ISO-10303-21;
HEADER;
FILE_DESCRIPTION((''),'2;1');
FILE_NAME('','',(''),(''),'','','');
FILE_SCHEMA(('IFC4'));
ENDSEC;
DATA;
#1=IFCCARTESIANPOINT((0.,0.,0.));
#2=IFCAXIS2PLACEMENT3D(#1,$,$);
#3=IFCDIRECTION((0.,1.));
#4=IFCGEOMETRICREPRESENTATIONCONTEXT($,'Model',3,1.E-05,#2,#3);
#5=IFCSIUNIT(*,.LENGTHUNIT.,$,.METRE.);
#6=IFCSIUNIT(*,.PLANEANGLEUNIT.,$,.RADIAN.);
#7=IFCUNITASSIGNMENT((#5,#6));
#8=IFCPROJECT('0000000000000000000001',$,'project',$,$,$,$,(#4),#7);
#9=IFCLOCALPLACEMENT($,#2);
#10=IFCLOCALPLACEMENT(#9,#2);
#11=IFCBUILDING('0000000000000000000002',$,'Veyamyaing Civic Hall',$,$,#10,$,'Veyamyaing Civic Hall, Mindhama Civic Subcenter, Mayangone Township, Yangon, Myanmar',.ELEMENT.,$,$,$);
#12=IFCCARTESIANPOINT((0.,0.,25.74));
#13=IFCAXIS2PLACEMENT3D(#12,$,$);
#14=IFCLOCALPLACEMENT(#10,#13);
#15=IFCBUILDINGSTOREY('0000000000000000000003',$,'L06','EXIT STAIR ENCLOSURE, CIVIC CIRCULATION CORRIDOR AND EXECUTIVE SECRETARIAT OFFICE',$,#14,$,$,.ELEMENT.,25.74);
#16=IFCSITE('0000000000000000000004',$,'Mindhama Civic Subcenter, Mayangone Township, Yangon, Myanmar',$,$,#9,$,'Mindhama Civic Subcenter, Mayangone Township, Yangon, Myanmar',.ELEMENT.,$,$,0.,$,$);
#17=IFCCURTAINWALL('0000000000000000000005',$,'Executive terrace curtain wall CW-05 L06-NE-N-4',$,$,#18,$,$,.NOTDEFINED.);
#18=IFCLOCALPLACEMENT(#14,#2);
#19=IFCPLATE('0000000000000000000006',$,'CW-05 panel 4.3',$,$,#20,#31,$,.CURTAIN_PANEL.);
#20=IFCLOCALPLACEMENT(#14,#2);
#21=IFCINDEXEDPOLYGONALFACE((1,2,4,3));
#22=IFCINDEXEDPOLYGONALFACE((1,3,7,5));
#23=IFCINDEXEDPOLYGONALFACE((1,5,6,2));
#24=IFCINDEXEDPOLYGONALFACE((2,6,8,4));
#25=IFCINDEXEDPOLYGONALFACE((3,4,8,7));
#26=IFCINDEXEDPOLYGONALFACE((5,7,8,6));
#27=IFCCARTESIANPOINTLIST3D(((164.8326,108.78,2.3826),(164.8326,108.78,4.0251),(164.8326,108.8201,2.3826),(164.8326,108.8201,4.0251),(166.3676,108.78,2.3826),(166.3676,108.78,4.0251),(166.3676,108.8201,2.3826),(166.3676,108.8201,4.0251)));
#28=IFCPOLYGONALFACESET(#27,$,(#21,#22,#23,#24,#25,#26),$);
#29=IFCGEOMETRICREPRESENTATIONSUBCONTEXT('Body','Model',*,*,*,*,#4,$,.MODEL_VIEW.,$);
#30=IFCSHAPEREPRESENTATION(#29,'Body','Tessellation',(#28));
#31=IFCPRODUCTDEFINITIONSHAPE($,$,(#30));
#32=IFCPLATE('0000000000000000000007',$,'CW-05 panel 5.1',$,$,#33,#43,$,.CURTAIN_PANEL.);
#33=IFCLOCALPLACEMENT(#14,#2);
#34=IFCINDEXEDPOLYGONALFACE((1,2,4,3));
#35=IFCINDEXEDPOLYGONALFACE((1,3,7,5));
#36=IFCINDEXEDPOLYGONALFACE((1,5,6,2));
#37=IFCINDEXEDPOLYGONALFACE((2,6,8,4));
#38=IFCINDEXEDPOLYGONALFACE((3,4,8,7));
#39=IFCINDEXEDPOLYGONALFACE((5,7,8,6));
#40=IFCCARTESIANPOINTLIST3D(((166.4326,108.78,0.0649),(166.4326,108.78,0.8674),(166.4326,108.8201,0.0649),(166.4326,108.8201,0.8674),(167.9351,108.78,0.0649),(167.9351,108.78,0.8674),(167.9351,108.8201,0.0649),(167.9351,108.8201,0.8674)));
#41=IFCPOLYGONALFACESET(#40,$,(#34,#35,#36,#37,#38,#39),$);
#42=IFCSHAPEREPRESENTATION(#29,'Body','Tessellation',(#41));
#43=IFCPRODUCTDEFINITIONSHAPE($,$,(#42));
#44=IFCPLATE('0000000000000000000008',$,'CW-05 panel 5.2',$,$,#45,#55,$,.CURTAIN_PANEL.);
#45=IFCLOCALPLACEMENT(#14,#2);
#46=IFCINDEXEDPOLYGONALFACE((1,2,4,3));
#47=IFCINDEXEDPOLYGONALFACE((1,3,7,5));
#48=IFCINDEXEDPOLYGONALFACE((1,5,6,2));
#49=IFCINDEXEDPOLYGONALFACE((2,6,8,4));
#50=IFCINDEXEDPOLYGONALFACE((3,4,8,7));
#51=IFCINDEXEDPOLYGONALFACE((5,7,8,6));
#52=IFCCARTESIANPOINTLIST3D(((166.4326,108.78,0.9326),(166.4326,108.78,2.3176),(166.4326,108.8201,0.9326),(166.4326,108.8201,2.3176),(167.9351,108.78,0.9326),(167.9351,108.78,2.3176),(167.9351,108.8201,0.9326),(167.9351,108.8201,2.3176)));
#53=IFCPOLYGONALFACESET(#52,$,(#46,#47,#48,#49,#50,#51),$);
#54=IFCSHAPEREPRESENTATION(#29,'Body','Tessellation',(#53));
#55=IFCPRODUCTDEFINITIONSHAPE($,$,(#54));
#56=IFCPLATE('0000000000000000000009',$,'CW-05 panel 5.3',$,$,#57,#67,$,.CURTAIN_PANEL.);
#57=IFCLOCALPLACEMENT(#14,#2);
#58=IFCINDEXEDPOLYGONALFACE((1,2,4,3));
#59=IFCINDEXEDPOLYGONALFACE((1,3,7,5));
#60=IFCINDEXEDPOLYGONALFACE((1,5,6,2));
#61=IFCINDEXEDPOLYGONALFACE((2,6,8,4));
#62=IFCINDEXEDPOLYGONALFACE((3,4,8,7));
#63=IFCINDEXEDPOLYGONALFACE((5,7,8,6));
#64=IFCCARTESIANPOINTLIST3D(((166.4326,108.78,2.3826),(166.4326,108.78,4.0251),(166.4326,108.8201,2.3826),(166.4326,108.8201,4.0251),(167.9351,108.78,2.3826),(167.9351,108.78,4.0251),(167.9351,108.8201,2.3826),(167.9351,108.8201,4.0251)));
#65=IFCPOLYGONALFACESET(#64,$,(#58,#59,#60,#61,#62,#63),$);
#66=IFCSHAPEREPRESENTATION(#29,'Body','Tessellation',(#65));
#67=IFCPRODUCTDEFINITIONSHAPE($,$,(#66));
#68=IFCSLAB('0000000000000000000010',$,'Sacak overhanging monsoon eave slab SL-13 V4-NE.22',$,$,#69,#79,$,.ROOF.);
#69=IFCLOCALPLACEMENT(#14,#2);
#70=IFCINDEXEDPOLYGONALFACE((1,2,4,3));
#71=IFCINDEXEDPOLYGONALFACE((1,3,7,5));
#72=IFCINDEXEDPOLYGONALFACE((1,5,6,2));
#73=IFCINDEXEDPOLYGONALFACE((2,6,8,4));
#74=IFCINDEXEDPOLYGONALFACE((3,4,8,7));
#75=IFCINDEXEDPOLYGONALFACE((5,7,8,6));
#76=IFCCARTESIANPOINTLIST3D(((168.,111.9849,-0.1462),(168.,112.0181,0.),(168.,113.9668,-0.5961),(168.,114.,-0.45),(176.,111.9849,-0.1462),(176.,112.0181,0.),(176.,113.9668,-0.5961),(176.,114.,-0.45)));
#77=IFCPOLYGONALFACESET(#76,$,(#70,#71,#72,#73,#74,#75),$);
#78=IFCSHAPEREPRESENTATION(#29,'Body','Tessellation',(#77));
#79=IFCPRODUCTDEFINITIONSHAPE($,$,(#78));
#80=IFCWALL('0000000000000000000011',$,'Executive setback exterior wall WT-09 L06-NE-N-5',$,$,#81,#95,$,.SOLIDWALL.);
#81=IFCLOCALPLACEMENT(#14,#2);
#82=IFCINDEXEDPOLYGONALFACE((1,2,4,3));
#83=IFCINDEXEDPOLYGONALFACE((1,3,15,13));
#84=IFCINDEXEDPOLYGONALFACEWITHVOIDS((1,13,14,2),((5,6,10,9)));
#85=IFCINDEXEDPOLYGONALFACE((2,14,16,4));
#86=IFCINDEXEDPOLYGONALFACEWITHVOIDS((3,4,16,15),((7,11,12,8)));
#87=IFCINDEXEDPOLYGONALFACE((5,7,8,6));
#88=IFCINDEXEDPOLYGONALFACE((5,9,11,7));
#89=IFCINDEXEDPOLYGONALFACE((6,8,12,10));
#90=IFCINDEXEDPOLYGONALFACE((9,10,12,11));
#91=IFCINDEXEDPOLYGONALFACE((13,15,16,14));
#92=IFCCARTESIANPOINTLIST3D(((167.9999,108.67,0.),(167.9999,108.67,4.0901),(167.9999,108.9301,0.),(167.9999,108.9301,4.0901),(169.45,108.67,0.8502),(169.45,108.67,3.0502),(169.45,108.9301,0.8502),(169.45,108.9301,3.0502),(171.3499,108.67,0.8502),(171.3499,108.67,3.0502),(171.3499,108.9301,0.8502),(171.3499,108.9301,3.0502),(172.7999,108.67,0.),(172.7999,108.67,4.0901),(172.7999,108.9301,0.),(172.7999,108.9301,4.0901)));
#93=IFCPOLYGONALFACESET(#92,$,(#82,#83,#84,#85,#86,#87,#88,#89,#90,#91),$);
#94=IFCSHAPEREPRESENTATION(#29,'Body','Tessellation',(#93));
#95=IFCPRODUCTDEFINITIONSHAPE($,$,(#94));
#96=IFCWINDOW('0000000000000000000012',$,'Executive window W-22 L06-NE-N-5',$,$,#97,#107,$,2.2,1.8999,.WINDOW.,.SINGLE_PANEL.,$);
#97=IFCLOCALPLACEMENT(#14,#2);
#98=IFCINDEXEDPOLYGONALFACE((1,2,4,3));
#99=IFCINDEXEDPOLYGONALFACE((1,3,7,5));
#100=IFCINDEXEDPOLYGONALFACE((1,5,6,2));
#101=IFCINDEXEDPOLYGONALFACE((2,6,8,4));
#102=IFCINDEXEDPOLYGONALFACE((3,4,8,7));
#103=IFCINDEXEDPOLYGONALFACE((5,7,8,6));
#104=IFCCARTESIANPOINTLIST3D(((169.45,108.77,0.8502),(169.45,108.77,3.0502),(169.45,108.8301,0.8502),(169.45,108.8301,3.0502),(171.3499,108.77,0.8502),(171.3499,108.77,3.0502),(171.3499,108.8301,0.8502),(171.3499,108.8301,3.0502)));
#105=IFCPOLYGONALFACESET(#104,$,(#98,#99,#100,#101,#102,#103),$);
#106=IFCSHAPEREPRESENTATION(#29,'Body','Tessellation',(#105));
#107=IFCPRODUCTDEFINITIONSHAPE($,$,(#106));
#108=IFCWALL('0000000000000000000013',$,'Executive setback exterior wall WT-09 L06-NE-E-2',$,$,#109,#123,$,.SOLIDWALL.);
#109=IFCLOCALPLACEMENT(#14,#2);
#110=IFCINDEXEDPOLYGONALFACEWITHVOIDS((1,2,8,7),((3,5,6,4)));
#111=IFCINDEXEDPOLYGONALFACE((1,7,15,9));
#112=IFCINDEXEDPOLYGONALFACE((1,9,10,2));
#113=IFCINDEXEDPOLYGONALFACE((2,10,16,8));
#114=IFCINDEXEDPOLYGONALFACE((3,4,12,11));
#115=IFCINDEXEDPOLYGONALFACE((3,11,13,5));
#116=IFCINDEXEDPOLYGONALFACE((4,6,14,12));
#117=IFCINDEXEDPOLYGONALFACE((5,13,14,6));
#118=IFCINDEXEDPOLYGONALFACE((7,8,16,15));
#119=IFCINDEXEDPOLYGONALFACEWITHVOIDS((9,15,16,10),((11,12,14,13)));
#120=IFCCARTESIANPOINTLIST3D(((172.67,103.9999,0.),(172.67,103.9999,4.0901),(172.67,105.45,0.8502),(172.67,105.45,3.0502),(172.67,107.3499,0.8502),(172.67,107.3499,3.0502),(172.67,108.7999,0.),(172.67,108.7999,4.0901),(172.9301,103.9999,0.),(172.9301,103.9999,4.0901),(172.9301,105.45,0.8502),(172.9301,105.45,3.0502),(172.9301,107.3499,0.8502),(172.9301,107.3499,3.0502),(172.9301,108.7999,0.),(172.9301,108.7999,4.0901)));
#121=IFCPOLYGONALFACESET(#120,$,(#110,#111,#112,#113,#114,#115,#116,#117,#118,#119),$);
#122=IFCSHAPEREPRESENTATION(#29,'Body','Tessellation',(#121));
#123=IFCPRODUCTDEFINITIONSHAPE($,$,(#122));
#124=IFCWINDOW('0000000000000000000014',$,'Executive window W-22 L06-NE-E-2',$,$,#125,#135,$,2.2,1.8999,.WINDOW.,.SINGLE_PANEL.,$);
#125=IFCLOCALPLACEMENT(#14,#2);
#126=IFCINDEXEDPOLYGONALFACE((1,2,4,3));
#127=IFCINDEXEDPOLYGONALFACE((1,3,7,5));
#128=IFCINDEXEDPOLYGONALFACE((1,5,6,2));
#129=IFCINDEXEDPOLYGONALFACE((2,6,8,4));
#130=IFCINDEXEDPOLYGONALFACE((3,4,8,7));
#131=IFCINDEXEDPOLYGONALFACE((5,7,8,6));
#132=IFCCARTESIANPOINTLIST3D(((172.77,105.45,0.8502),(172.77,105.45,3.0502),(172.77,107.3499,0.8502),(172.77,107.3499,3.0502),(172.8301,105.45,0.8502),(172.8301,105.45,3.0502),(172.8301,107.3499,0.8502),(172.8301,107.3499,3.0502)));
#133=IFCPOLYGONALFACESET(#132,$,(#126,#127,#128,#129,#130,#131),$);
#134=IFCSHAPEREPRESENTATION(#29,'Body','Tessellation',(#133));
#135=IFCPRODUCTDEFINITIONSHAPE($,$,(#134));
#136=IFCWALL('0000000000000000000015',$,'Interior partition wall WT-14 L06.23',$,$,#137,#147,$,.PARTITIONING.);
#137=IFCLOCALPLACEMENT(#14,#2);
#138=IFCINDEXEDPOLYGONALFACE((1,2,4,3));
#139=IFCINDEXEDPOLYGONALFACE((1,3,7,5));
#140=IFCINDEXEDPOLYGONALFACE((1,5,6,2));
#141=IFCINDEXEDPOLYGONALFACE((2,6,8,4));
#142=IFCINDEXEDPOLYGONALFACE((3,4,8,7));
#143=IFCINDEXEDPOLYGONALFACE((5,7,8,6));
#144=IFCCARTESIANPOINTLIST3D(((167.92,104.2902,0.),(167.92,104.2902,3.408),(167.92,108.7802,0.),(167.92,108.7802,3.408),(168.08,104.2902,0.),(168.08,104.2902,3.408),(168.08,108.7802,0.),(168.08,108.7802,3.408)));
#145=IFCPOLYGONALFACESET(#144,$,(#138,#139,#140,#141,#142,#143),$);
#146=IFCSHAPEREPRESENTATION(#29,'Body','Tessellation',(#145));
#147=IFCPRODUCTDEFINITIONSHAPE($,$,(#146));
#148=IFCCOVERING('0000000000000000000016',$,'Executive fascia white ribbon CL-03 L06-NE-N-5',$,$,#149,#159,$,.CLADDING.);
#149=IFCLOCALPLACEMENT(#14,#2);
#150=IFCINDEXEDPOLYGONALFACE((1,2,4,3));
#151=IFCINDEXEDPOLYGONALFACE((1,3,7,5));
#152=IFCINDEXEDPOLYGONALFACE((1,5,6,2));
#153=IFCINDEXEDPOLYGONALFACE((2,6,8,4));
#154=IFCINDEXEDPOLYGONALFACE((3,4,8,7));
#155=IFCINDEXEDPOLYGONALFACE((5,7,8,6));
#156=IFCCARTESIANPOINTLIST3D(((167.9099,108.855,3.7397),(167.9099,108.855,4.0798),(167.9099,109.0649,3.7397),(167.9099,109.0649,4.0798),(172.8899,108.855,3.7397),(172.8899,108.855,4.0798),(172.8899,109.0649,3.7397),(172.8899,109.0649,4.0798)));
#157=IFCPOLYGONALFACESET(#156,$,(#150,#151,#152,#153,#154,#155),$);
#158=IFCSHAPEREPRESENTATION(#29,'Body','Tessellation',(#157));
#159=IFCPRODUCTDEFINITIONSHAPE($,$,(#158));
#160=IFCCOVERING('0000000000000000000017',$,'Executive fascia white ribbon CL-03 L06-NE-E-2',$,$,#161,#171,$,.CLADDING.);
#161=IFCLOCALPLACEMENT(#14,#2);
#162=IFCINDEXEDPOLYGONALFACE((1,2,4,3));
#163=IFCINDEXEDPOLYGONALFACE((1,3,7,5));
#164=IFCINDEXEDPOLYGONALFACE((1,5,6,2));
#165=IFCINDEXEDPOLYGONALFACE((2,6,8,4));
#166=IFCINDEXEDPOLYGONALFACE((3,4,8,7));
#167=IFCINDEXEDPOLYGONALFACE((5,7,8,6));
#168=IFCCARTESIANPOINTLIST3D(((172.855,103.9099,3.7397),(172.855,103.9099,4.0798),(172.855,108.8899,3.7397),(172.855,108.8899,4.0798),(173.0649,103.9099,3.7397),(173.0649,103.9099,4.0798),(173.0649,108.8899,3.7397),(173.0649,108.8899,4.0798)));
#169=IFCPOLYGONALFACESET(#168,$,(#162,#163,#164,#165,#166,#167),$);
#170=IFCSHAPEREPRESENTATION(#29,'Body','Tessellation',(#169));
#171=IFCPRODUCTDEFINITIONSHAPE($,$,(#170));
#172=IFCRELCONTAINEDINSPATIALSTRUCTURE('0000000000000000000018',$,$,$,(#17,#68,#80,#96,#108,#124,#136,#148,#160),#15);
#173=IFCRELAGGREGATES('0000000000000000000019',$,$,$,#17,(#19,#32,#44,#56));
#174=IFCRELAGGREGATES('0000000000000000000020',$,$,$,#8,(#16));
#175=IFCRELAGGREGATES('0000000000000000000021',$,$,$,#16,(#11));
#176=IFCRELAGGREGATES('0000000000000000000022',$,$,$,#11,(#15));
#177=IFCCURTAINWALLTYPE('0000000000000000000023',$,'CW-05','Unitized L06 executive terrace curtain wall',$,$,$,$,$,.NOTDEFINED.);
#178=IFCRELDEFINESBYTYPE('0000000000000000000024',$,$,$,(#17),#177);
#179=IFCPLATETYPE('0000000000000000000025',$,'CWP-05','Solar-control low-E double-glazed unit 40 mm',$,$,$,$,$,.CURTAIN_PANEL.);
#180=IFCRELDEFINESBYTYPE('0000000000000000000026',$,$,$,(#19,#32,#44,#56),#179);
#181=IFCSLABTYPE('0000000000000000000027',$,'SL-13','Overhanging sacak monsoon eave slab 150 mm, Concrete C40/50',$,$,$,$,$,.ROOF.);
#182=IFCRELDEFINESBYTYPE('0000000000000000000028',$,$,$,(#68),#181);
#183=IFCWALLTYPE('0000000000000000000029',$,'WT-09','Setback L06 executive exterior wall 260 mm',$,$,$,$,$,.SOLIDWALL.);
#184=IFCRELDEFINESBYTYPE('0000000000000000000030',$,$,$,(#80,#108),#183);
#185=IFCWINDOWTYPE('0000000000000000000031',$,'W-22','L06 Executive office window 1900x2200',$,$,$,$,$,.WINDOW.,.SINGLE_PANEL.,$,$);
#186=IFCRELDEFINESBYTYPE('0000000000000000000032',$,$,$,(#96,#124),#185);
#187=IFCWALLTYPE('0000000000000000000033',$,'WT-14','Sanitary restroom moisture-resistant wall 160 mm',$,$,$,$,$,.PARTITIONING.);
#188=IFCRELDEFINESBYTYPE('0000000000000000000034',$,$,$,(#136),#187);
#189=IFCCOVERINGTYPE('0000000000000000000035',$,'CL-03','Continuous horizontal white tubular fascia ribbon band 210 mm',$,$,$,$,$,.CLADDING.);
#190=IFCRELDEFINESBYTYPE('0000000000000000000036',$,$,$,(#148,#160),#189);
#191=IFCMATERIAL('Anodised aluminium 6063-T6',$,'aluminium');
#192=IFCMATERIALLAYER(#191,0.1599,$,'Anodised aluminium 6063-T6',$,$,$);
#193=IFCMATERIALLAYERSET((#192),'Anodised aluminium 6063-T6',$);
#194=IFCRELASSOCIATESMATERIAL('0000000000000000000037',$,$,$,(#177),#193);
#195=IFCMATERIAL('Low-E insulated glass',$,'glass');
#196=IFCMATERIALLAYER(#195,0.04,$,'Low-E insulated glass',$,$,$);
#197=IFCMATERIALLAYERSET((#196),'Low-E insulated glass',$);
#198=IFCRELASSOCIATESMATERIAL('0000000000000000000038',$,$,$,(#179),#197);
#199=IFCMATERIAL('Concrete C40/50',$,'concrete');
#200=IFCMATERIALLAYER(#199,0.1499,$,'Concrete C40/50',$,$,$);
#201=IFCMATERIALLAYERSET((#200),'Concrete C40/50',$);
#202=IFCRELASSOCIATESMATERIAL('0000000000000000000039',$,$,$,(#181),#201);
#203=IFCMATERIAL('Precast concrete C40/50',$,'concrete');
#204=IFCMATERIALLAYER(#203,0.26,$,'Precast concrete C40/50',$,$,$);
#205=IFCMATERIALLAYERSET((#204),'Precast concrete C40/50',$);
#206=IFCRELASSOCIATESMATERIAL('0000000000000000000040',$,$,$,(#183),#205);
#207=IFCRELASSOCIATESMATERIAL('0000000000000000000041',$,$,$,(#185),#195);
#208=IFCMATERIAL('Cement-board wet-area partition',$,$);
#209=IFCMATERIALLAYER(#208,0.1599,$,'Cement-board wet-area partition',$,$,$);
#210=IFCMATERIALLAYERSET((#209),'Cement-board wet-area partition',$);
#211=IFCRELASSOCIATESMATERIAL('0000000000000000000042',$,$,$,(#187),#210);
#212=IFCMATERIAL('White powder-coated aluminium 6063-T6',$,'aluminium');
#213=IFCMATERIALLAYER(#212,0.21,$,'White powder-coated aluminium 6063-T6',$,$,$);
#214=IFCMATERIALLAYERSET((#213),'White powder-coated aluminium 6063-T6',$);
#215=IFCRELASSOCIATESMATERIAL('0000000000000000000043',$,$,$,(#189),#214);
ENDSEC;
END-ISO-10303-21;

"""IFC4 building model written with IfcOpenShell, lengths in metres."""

from ifc_helpers import new_model, si_unit, direction, frame, frame_2d, origin, origin_2d, place, context, subcontext, project, spatial, polyline, rectangle, outline, extrude, material, layer, layer_set, type_object, element, fill, aggregate, save


model = new_model("IFC4")

# Units and contexts
model_context = context("Model", 3, precision=1e-05, world=origin(), true_north=direction((0.0, 1.0)))
body_context = subcontext(model_context, "Body", "Model", "MODEL_VIEW")
ifc_project = project(units=[si_unit("LENGTHUNIT", "METRE"), si_unit("PLANEANGLEUNIT", "RADIAN")], contexts=[model_context])

# Site, building, storey
site_placement = place(None, origin())
site = spatial("IfcSite", under=ifc_project, at=site_placement, Name="Mindhama Civic Subcenter, Mayangone Township, Yangon, Myanmar", LongName="Mindhama Civic Subcenter, Mayangone Township, Yangon, Myanmar", CompositionType="ELEMENT", RefElevation=0.0)
building_placement = place(site_placement, origin())
building = spatial("IfcBuilding", under=site, at=building_placement, Name="Veyamyaing Civic Hall", LongName="Veyamyaing Civic Hall, Mindhama Civic Subcenter, Mayangone Township, Yangon, Myanmar", CompositionType="ELEMENT")
storey_placement = place(building_placement, frame((0.0, 0.0, 25.74)))
storey = spatial("IfcBuildingStorey", under=building, at=storey_placement, Name="L06", Description="EXIT STAIR ENCLOSURE, CIVIC CIRCULATION CORRIDOR AND EXECUTIVE SECRETARIAT OFFICE", CompositionType="ELEMENT", Elevation=25.74)

# Curtain wall
ifc_material_1 = material(Name="Anodised aluminium 6063-T6", Category="aluminium")
ifc_layer_1 = layer(ifc_material_1, 0.1599, Name="Anodised aluminium 6063-T6")
ifc_layer_set_1 = layer_set([ifc_layer_1], Name="Anodised aluminium 6063-T6")
curtain_wall_type = type_object("IfcCurtainWallType", Name="CW-05", Description="Unitized L06 executive terrace curtain wall", PredefinedType="NOTDEFINED", material=ifc_layer_set_1)
curtain_wall_placement = place(storey_placement, origin())
curtain_wall = element("IfcCurtainWall", 1, at=curtain_wall_placement, inside=storey, type_object=curtain_wall_type, Name="Executive terrace curtain wall CW-05 L06-NE-N-4", PredefinedType="NOTDEFINED")

# Plates
ifc_material_2 = material(Name="Low-E insulated glass", Category="glass")
ifc_layer_2 = layer(ifc_material_2, 0.04, Name="Low-E insulated glass")
ifc_layer_set_2 = layer_set([ifc_layer_2], Name="Low-E insulated glass")
plate_type = type_object("IfcPlateType", Name="CWP-05", Description="Solar-control low-E double-glazed unit 40 mm", PredefinedType="CURTAIN_PANEL", material=ifc_layer_set_2)
plate_1_placement = place(storey_placement, frame((165.6001, 108.8, 2.3826), z_axis=(0.0, 0.0, 1.0), x_axis=(1.0, 0.0, 0.0)))
plate_1 = element("IfcPlate", 2, at=plate_1_placement, type_object=plate_type, Name="CW-05 panel 4.3", PredefinedType="CURTAIN_PANEL", context=body_context, shape_type="SweptSolid", body=[
    extrude(rectangle(XDim=1.5349, YDim=0.04, at=origin_2d()), origin(), (0.0, 0.0, 1.0), 1.6426),
])
plate_2_placement = place(storey_placement, frame((167.1838, 108.8, 0.0649), z_axis=(0.0, 0.0, 1.0), x_axis=(1.0, 0.0, 0.0)))
plate_2 = element("IfcPlate", 3, at=plate_2_placement, type_object=plate_type, Name="CW-05 panel 5.1", PredefinedType="CURTAIN_PANEL", context=body_context, shape_type="SweptSolid", body=[
    extrude(rectangle(XDim=1.5024, YDim=0.04, at=origin_2d()), origin(), (0.0, 0.0, 1.0), 0.8025),
])
plate_3_placement = place(storey_placement, frame((167.1838, 108.8, 0.9326), z_axis=(0.0, 0.0, 1.0), x_axis=(1.0, 0.0, 0.0)))
plate_3 = element("IfcPlate", 4, at=plate_3_placement, type_object=plate_type, Name="CW-05 panel 5.2", PredefinedType="CURTAIN_PANEL", context=body_context, shape_type="SweptSolid", body=[
    extrude(rectangle(XDim=1.5024, YDim=0.04, at=origin_2d()), origin(), (0.0, 0.0, 1.0), 1.385),
])
plate_4_placement = place(storey_placement, frame((167.1838, 108.8, 2.3826), z_axis=(0.0, 0.0, 1.0), x_axis=(1.0, 0.0, 0.0)))
plate_4 = element("IfcPlate", 5, at=plate_4_placement, type_object=plate_type, Name="CW-05 panel 5.3", PredefinedType="CURTAIN_PANEL", context=body_context, shape_type="SweptSolid", body=[
    extrude(rectangle(XDim=1.5024, YDim=0.04, at=origin_2d()), origin(), (0.0, 0.0, 1.0), 1.6426),
])
aggregate(curtain_wall, [plate_1, plate_2, plate_3, plate_4])

# Slab
ifc_material_3 = material(Name="Concrete C40/50", Category="concrete")
ifc_layer_3 = layer(ifc_material_3, 0.1499, Name="Concrete C40/50")
ifc_layer_set_3 = layer_set([ifc_layer_3], Name="Concrete C40/50")
slab_type = type_object("IfcSlabType", Name="SL-13", Description="Overhanging sacak monsoon eave slab 150 mm, Concrete C40/50", PredefinedType="ROOF", material=ifc_layer_set_3)
slab_placement = place(storey_placement, frame((168.0, 112.0181, 0.0), z_axis=(0.0, 0.221393, 0.975185), x_axis=(1.0, 0.0, 0.0)))
element("IfcSlab", 6, at=slab_placement, inside=storey, type_object=slab_type, Name="Sacak overhanging monsoon eave slab SL-13 V4-NE.22", PredefinedType="ROOF", context=body_context, shape_type="SweptSolid", body=[
    extrude(outline(polyline([(0.0, 0.0), (8.0, 0.0), (8.0, 2.0324), (0.0, 2.0324), (0.0, 0.0)])), origin(), (0.0, 0.0, -1.0), 0.1499),
])

# Walls, openings, windows
ifc_material_4 = material(Name="Precast concrete C40/50", Category="concrete")
ifc_layer_4 = layer(ifc_material_4, 0.26, Name="Precast concrete C40/50")
ifc_layer_set_4 = layer_set([ifc_layer_4], Name="Precast concrete C40/50")
wall_type_1 = type_object("IfcWallType", Name="WT-09", Description="Setback L06 executive exterior wall 260 mm", PredefinedType="SOLIDWALL", material=ifc_layer_set_4)
wall_1_placement = place(storey_placement, frame((168.0, 108.8, 0.0), z_axis=(0.0, 0.0, 1.0), x_axis=(1.0, 0.0, 0.0)))
wall_1 = element("IfcWall", 7, at=wall_1_placement, inside=storey, type_object=wall_type_1, Name="Executive setback exterior wall WT-09 L06-NE-N-5", PredefinedType="SOLIDWALL", context=body_context, shape_type="SweptSolid", body=[
    extrude(rectangle(XDim=4.8, YDim=0.26, at=frame_2d((2.3999, 0.0))), origin(), (0.0, 0.0, 1.0), 4.0901),
])
opening_1_placement = place(wall_1_placement, frame((1.45, 0.0, 0.8501)))
opening_1 = element("IfcOpeningElement", 8, at=opening_1_placement, cuts=wall_1, PredefinedType="OPENING", context=body_context, shape_type="SweptSolid", body=[
    extrude(rectangle(XDim=1.8999, YDim=2.2, at=frame_2d((0.95, 1.1001))), frame((0.0, 0.1399, 0.0), z_axis=(0.0, -1.0, 0.0), x_axis=(1.0, 0.0, 0.0)), (0.0, 0.0, 1.0), 0.28),
])
window_type = type_object("IfcWindowType", Name="W-22", Description="L06 Executive office window 1900x2200", PartitioningType="SINGLE_PANEL", PredefinedType="WINDOW", material=ifc_material_2)
window_1_placement = place(opening_1_placement, origin())
window_1 = element("IfcWindow", 9, at=window_1_placement, inside=storey, type_object=window_type, Name="Executive window W-22 L06-NE-N-5", OverallHeight=2.2, OverallWidth=1.8999, PartitioningType="SINGLE_PANEL", PredefinedType="WINDOW", context=body_context, shape_type="SweptSolid", body=[
    extrude(rectangle(XDim=1.8999, YDim=2.2, at=frame_2d((0.95, 1.1001))), frame((0.0, 0.03, 0.0), z_axis=(0.0, -1.0, 0.0), x_axis=(1.0, 0.0, 0.0)), (0.0, 0.0, 1.0), 0.0601),
])
fill(opening_1, window_1)
wall_2_placement = place(storey_placement, frame((172.8, 104.0, 0.0), z_axis=(0.0, 0.0, 1.0), x_axis=(0.0, 1.0, 0.0)))
wall_2 = element("IfcWall", 10, at=wall_2_placement, inside=storey, type_object=wall_type_1, Name="Executive setback exterior wall WT-09 L06-NE-E-2", PredefinedType="SOLIDWALL", context=body_context, shape_type="SweptSolid", body=[
    extrude(rectangle(XDim=4.8, YDim=0.26, at=frame_2d((2.3999, 0.0))), origin(), (0.0, 0.0, 1.0), 4.0901),
])
opening_2_placement = place(wall_2_placement, frame((1.45, 0.0, 0.8501)))
opening_2 = element("IfcOpeningElement", 11, at=opening_2_placement, cuts=wall_2, PredefinedType="OPENING", context=body_context, shape_type="SweptSolid", body=[
    extrude(rectangle(XDim=1.8999, YDim=2.2, at=frame_2d((0.95, 1.1001))), frame((0.0, 0.1399, 0.0), z_axis=(0.0, -1.0, 0.0), x_axis=(1.0, 0.0, 0.0)), (0.0, 0.0, 1.0), 0.28),
])
window_2_placement = place(opening_2_placement, origin())
window_2 = element("IfcWindow", 12, at=window_2_placement, inside=storey, type_object=window_type, Name="Executive window W-22 L06-NE-E-2", OverallHeight=2.2, OverallWidth=1.8999, PartitioningType="SINGLE_PANEL", PredefinedType="WINDOW", context=body_context, shape_type="SweptSolid", body=[
    extrude(rectangle(XDim=1.8999, YDim=2.2, at=frame_2d((0.95, 1.1001))), frame((0.0, 0.03, 0.0), z_axis=(0.0, -1.0, 0.0), x_axis=(1.0, 0.0, 0.0)), (0.0, 0.0, 1.0), 0.0601),
])
fill(opening_2, window_2)

# Wall
ifc_material_5 = material(Name="Cement-board wet-area partition")
ifc_layer_5 = layer(ifc_material_5, 0.1599, Name="Cement-board wet-area partition")
ifc_layer_set_5 = layer_set([ifc_layer_5], Name="Cement-board wet-area partition")
wall_type_2 = type_object("IfcWallType", Name="WT-14", Description="Sanitary restroom moisture-resistant wall 160 mm", PredefinedType="PARTITIONING", material=ifc_layer_set_5)
wall_3_placement = place(storey_placement, frame((168.0, 104.29, 0.0), z_axis=(0.0, 0.0, 1.0), x_axis=(0.0, 1.0, 0.0)))
element("IfcWall", 13, at=wall_3_placement, inside=storey, type_object=wall_type_2, Name="Interior partition wall WT-14 L06.23", PredefinedType="PARTITIONING", context=body_context, shape_type="SweptSolid", body=[
    extrude(rectangle(XDim=4.49, YDim=0.1599, at=frame_2d((2.2451, 0.0))), origin(), (0.0, 0.0, 1.0), 3.408),
])

# Coverings
ifc_material_6 = material(Name="White powder-coated aluminium 6063-T6", Category="aluminium")
ifc_layer_6 = layer(ifc_material_6, 0.21, Name="White powder-coated aluminium 6063-T6")
ifc_layer_set_6 = layer_set([ifc_layer_6], Name="White powder-coated aluminium 6063-T6")
covering_type = type_object("IfcCoveringType", Name="CL-03", Description="Continuous horizontal white tubular fascia ribbon band 210 mm", PredefinedType="CLADDING", material=ifc_layer_set_6)
for number, where, z_axis, x_axis, name in (
    (14, (170.3999, 108.96, 3.7397), (0.0, 0.0, 1.0), (1.0, 0.0, 0.0), "Executive fascia white ribbon CL-03 L06-NE-N-5"),
    (15, (172.96, 106.3999, 3.7397), (0.0, 0.0, 1.0), (0.0, 1.0, 0.0), "Executive fascia white ribbon CL-03 L06-NE-E-2"),
):
    element("IfcCovering", number, at=place(storey_placement, frame(where, z_axis=z_axis, x_axis=x_axis)), inside=storey, type_object=covering_type, Name=name, PredefinedType="CLADDING", context=body_context, shape_type="SweptSolid", body=[
        extrude(rectangle(XDim=4.98, YDim=0.21, at=origin_2d()), origin(), (0.0, 0.0, 1.0), 0.3401),
    ])

save(model, "model.ifc")
